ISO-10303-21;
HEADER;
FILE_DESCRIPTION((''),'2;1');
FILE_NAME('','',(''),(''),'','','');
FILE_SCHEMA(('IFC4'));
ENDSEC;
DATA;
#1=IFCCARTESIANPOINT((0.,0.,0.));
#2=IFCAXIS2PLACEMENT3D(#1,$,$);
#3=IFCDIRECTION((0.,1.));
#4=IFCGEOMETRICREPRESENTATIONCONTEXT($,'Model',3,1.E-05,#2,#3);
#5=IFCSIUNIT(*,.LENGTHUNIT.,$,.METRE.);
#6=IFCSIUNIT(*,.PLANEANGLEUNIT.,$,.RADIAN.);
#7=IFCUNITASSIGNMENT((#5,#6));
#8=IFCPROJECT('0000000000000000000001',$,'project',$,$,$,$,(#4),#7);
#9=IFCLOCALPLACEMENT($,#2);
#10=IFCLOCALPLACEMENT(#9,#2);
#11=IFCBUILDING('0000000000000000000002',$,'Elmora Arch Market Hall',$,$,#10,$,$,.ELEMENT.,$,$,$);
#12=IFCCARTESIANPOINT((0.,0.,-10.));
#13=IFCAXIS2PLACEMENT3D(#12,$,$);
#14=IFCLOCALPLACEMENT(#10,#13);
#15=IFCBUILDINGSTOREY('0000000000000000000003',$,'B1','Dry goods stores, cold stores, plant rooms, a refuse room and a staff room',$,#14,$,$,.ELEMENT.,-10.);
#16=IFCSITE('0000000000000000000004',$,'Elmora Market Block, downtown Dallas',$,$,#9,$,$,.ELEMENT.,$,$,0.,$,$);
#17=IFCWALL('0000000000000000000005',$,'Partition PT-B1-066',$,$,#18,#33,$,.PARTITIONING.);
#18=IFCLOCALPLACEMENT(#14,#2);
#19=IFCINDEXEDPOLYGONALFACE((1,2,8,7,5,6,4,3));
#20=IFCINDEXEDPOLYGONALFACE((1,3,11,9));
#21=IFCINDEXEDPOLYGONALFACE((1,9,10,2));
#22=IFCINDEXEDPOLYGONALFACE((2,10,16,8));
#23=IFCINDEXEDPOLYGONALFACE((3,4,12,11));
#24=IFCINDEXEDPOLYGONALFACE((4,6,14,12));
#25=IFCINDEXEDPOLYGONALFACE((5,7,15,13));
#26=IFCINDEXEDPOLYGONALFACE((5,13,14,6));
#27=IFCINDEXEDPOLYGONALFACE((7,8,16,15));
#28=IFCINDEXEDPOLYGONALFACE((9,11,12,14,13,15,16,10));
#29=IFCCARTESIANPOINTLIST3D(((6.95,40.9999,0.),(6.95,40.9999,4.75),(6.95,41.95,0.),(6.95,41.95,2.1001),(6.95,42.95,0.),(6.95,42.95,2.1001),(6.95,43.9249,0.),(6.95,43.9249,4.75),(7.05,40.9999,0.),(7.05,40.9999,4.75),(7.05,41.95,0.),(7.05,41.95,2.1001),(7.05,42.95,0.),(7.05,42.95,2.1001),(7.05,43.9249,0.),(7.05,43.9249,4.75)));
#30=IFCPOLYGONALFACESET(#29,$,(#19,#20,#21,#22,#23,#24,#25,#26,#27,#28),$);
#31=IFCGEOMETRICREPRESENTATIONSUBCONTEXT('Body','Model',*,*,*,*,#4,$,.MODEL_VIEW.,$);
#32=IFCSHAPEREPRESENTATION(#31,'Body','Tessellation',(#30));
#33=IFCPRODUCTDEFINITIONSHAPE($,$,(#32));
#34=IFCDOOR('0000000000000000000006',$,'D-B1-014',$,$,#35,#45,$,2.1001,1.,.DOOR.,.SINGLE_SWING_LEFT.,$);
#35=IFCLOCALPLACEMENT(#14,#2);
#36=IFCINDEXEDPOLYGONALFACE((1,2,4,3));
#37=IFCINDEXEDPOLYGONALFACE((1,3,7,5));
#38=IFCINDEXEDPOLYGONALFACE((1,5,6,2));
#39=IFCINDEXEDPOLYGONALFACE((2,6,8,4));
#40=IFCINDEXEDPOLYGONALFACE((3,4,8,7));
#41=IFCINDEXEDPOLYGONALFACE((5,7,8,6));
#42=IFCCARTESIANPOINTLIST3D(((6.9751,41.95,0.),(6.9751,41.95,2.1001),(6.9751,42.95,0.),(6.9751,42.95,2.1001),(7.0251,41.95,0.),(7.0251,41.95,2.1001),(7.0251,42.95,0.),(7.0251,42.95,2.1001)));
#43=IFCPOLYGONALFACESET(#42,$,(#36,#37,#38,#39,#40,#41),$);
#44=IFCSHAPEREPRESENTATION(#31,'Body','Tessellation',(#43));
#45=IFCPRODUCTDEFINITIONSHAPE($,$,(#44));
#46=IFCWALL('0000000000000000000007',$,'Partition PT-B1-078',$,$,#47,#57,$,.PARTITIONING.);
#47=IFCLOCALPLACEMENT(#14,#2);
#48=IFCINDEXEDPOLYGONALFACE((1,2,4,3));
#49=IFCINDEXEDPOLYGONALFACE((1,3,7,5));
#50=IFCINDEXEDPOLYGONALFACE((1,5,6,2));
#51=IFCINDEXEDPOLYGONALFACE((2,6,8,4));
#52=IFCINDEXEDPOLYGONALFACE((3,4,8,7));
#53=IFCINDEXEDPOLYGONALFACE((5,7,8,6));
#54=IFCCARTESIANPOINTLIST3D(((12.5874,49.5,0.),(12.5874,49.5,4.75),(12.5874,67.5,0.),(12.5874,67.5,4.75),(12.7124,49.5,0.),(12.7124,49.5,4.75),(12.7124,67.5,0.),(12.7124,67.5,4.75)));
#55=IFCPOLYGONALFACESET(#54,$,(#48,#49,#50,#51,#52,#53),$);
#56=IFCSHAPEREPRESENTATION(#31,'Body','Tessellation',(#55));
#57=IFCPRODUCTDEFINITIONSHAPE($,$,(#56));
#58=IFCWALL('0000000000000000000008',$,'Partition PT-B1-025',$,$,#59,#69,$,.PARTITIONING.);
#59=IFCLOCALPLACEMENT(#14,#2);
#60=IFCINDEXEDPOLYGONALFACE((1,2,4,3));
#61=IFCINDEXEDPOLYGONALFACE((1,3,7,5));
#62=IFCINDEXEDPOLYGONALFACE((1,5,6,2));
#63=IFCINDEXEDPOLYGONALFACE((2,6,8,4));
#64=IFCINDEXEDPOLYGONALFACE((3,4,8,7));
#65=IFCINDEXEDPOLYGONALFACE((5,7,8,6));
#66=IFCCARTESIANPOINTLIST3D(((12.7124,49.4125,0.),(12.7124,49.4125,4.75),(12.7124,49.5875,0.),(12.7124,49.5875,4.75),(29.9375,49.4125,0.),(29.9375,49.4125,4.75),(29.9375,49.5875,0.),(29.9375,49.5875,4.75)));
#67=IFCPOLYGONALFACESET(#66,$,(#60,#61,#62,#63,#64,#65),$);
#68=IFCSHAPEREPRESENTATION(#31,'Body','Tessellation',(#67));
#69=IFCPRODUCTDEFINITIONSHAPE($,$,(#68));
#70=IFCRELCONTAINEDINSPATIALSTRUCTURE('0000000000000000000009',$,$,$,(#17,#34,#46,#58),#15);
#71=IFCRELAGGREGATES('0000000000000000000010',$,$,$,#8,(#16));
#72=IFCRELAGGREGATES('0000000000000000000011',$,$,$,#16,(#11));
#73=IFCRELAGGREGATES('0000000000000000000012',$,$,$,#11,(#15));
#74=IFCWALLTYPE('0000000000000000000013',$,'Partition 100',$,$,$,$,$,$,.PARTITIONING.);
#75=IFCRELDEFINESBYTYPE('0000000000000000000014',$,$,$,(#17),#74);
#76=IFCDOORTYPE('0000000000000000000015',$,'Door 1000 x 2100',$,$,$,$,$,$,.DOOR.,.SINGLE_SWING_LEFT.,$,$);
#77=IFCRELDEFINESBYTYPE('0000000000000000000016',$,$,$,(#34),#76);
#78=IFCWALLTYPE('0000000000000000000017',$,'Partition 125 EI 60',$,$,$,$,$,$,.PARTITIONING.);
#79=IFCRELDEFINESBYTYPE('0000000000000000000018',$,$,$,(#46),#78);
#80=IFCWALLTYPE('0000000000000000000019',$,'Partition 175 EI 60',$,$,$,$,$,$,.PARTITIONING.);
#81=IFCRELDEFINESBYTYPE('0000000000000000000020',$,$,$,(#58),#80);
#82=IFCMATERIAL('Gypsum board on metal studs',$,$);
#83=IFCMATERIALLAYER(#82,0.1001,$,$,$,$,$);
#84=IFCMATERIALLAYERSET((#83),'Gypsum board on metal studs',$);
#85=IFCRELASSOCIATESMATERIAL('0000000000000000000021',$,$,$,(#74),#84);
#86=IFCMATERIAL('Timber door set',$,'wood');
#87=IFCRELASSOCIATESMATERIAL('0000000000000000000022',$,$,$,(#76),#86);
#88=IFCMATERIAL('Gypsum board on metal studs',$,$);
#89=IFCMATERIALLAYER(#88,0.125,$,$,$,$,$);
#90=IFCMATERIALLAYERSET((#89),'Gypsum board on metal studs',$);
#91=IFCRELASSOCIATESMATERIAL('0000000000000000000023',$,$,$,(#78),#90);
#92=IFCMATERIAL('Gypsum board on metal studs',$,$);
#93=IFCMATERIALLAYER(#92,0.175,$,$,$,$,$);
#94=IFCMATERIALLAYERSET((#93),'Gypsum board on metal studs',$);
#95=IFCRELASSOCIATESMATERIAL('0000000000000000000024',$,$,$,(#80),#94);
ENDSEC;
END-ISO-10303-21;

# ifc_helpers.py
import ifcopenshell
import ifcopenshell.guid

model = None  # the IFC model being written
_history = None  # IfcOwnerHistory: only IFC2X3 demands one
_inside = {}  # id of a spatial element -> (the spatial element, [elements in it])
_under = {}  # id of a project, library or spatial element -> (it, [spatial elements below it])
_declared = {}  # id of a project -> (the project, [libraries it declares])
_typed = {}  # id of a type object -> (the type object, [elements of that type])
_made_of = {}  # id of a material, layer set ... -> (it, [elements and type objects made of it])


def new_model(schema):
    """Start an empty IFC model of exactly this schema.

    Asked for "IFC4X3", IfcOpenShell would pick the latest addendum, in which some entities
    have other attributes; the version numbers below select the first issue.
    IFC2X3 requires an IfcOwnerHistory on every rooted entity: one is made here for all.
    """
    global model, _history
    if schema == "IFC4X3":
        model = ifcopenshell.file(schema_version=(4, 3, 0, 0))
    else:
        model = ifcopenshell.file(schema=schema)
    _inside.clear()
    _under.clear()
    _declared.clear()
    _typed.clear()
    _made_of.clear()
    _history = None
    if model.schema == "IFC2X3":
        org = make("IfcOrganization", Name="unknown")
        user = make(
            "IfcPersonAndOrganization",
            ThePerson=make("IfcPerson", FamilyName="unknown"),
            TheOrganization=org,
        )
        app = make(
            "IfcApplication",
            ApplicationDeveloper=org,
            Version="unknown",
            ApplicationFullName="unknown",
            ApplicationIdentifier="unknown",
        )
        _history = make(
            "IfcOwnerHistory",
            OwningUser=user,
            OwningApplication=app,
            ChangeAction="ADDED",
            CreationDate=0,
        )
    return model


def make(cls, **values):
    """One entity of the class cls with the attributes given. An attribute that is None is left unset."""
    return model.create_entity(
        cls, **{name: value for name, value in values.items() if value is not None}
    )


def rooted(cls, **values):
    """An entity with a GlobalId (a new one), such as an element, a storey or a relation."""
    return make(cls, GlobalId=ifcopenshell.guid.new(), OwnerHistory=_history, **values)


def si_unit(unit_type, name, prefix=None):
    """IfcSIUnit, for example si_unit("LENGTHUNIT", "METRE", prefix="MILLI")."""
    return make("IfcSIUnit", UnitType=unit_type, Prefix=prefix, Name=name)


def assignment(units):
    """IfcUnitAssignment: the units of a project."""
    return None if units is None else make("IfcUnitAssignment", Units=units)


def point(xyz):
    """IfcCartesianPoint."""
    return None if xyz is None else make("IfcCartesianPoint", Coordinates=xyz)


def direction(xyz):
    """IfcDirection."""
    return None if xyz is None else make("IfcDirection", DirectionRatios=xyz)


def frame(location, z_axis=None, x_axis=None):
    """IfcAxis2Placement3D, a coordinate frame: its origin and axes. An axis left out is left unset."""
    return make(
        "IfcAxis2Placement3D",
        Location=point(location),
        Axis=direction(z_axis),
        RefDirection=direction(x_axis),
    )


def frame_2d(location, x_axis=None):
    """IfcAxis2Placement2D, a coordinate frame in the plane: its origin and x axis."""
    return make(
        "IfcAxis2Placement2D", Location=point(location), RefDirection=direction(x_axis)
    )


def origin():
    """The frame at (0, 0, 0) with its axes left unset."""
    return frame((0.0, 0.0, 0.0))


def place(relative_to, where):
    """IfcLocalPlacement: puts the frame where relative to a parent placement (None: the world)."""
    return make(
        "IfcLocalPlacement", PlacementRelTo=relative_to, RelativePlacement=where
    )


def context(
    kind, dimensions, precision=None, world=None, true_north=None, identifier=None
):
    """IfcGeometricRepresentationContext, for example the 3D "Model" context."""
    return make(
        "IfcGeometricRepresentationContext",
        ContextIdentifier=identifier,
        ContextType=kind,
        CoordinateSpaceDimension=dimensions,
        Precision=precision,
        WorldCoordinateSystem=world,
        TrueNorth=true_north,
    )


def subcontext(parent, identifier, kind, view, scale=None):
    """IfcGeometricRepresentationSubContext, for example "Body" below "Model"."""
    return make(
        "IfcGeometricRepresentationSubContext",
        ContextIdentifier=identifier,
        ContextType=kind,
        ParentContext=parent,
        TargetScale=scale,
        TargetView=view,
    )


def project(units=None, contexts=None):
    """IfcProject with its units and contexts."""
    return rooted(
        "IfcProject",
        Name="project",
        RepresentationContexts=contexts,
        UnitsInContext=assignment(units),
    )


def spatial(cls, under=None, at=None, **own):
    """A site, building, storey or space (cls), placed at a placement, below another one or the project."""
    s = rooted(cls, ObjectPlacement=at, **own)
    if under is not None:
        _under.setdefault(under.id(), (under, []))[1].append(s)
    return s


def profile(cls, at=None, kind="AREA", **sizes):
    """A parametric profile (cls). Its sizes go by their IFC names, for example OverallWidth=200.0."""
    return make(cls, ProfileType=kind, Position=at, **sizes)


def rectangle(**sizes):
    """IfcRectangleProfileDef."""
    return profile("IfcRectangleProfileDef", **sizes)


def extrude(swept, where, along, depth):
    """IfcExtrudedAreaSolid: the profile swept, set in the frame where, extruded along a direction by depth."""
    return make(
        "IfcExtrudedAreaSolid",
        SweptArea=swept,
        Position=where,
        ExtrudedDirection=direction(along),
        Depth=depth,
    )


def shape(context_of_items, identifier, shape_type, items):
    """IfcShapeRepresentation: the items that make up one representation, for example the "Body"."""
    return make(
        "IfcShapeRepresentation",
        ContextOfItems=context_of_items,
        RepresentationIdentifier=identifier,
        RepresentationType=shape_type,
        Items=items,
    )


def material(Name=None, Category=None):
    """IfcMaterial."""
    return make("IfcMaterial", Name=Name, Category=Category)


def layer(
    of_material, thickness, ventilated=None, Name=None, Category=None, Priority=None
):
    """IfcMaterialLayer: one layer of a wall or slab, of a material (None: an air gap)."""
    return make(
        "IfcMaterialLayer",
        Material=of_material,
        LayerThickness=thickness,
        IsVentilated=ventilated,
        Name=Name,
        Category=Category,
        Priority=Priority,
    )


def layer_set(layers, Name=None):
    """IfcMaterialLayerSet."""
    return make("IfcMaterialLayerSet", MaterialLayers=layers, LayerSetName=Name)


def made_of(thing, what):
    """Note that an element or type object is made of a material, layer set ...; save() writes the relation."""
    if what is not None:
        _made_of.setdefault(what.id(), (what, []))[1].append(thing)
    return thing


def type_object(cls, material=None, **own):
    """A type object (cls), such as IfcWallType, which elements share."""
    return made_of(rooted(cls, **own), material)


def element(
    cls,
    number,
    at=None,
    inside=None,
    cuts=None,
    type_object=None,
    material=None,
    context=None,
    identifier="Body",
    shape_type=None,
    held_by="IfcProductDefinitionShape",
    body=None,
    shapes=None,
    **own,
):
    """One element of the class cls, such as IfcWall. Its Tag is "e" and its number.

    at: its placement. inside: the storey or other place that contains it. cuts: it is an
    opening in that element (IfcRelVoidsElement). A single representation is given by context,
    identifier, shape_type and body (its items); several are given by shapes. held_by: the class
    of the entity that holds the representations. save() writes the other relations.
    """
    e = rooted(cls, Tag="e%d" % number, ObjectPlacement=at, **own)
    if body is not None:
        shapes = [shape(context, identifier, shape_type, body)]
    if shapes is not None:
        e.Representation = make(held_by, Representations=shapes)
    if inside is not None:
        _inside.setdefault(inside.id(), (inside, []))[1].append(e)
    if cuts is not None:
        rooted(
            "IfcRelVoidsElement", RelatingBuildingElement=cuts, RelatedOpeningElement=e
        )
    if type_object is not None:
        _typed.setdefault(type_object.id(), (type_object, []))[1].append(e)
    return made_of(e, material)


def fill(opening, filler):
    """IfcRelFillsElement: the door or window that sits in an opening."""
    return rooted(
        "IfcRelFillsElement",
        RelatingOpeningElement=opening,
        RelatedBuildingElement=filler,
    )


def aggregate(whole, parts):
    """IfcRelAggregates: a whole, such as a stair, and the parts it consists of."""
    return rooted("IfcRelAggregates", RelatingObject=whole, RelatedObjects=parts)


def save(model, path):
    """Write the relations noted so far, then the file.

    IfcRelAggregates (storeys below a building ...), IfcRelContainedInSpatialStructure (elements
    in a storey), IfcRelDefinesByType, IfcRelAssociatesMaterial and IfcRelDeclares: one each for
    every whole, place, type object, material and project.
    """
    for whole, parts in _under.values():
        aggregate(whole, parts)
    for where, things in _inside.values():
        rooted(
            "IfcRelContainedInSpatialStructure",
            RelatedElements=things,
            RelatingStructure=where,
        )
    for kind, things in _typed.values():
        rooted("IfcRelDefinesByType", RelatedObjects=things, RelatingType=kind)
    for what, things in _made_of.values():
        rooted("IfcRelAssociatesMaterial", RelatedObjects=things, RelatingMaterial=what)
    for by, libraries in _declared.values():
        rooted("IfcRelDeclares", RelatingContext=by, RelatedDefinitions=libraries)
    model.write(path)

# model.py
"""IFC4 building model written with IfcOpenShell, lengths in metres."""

from ifc_helpers import new_model, si_unit, direction, frame, frame_2d, origin, place, context, subcontext, project, spatial, rectangle, extrude, material, layer, layer_set, type_object, element, fill, save


model = new_model("IFC4")

# Units and contexts
model_context = context("Model", 3, precision=1e-05, world=origin(), true_north=direction((0.0, 1.0)))
body_context = subcontext(model_context, "Body", "Model", "MODEL_VIEW")
ifc_project = project(units=[si_unit("LENGTHUNIT", "METRE"), si_unit("PLANEANGLEUNIT", "RADIAN")], contexts=[model_context])

# Site, building, storey
site_placement = place(None, origin())
site = spatial("IfcSite", under=ifc_project, at=site_placement, Name="Elmora Market Block, downtown Dallas", CompositionType="ELEMENT", RefElevation=0.0)
building_placement = place(site_placement, origin())
building = spatial("IfcBuilding", under=site, at=building_placement, Name="Elmora Arch Market Hall", CompositionType="ELEMENT")
storey_placement = place(building_placement, frame((0.0, 0.0, -10.0)))
storey = spatial("IfcBuildingStorey", under=building, at=storey_placement, Name="B1", Description="Dry goods stores, cold stores, plant rooms, a refuse room and a staff room", CompositionType="ELEMENT", Elevation=-10.0)

# Shared definitions
ifc_material_1 = material(Name="Gypsum board on metal studs")
ifc_layer_1 = layer(ifc_material_1, 0.1001)
ifc_layer_set_1 = layer_set([ifc_layer_1], Name="Gypsum board on metal studs")
wall_type_1 = type_object("IfcWallType", Name="Partition 100", PredefinedType="PARTITIONING", material=ifc_layer_set_1)

# Wall, opening, door
ifc_material_2 = material(Name="Timber door set", Category="wood")
door_type_1 = type_object("IfcDoorType", Name="Door 1000 x 2100", OperationType="SINGLE_SWING_LEFT", PredefinedType="DOOR", material=ifc_material_2)
wall_1_placement = place(storey_placement, frame((7.0, 41.0, 0.0), z_axis=(0.0, 0.0, 1.0), x_axis=(0.0, 1.0, 0.0)))
wall_1 = element("IfcWall", 1, at=wall_1_placement, inside=storey, type_object=wall_type_1, Name="Partition PT-B1-066", PredefinedType="PARTITIONING", context=body_context, shape_type="SweptSolid", body=[
    extrude(rectangle(XDim=2.925, YDim=0.1001, at=frame_2d((1.4624, 0.0))), origin(), (0.0, 0.0, 1.0), 4.75),
])
opening_1_placement = place(wall_1_placement, frame((0.95, 0.0, 0.0)))
opening_1 = element("IfcOpeningElement", 2, at=opening_1_placement, cuts=wall_1, PredefinedType="OPENING", context=body_context, shape_type="SweptSolid", body=[
    extrude(rectangle(XDim=1.0, YDim=2.1001, at=frame_2d((0.5, 1.05))), frame((0.0, 0.0601, 0.0), z_axis=(0.0, -1.0, 0.0), x_axis=(1.0, 0.0, 0.0)), (0.0, 0.0, 1.0), 0.1201),
])
door_1_placement = place(opening_1_placement, origin())
door_1 = element("IfcDoor", 3, at=door_1_placement, inside=storey, type_object=door_type_1, Name="D-B1-014", OperationType="SINGLE_SWING_LEFT", OverallHeight=2.1001, OverallWidth=1.0, PredefinedType="DOOR", context=body_context, shape_type="SweptSolid", body=[
    extrude(rectangle(XDim=1.0, YDim=2.1001, at=frame_2d((0.5, 1.05))), frame((0.0, 0.0249, 0.0), z_axis=(0.0, -1.0, 0.0), x_axis=(1.0, 0.0, 0.0)), (0.0, 0.0, 1.0), 0.05),
])
fill(opening_1, door_1)

# Walls
ifc_material_3 = material(Name="Gypsum board on metal studs")
ifc_layer_2 = layer(ifc_material_3, 0.125)
ifc_layer_set_2 = layer_set([ifc_layer_2], Name="Gypsum board on metal studs")
wall_type_2 = type_object("IfcWallType", Name="Partition 125 EI 60", PredefinedType="PARTITIONING", material=ifc_layer_set_2)
wall_2_placement = place(storey_placement, frame((12.6499, 49.5, 0.0), z_axis=(0.0, 0.0, 1.0), x_axis=(0.0, 1.0, 0.0)))
element("IfcWall", 4, at=wall_2_placement, inside=storey, type_object=wall_type_2, Name="Partition PT-B1-078", PredefinedType="PARTITIONING", context=body_context, shape_type="SweptSolid", body=[
    extrude(rectangle(XDim=18.0, YDim=0.125, at=frame_2d((9.0, 0.0))), origin(), (0.0, 0.0, 1.0), 4.75),
])
ifc_material_4 = material(Name="Gypsum board on metal studs")
ifc_layer_3 = layer(ifc_material_4, 0.175)
ifc_layer_set_3 = layer_set([ifc_layer_3], Name="Gypsum board on metal studs")
wall_type_3 = type_object("IfcWallType", Name="Partition 175 EI 60", PredefinedType="PARTITIONING", material=ifc_layer_set_3)
wall_3_placement = place(storey_placement, frame((12.7124, 49.5, 0.0), z_axis=(0.0, 0.0, 1.0), x_axis=(1.0, 0.0, 0.0)))
element("IfcWall", 5, at=wall_3_placement, inside=storey, type_object=wall_type_3, Name="Partition PT-B1-025", PredefinedType="PARTITIONING", context=body_context, shape_type="SweptSolid", body=[
    extrude(rectangle(XDim=17.2251, YDim=0.175, at=frame_2d((8.6125, 0.0))), origin(), (0.0, 0.0, 1.0), 4.75),
])

save(model, "model.ifc")
